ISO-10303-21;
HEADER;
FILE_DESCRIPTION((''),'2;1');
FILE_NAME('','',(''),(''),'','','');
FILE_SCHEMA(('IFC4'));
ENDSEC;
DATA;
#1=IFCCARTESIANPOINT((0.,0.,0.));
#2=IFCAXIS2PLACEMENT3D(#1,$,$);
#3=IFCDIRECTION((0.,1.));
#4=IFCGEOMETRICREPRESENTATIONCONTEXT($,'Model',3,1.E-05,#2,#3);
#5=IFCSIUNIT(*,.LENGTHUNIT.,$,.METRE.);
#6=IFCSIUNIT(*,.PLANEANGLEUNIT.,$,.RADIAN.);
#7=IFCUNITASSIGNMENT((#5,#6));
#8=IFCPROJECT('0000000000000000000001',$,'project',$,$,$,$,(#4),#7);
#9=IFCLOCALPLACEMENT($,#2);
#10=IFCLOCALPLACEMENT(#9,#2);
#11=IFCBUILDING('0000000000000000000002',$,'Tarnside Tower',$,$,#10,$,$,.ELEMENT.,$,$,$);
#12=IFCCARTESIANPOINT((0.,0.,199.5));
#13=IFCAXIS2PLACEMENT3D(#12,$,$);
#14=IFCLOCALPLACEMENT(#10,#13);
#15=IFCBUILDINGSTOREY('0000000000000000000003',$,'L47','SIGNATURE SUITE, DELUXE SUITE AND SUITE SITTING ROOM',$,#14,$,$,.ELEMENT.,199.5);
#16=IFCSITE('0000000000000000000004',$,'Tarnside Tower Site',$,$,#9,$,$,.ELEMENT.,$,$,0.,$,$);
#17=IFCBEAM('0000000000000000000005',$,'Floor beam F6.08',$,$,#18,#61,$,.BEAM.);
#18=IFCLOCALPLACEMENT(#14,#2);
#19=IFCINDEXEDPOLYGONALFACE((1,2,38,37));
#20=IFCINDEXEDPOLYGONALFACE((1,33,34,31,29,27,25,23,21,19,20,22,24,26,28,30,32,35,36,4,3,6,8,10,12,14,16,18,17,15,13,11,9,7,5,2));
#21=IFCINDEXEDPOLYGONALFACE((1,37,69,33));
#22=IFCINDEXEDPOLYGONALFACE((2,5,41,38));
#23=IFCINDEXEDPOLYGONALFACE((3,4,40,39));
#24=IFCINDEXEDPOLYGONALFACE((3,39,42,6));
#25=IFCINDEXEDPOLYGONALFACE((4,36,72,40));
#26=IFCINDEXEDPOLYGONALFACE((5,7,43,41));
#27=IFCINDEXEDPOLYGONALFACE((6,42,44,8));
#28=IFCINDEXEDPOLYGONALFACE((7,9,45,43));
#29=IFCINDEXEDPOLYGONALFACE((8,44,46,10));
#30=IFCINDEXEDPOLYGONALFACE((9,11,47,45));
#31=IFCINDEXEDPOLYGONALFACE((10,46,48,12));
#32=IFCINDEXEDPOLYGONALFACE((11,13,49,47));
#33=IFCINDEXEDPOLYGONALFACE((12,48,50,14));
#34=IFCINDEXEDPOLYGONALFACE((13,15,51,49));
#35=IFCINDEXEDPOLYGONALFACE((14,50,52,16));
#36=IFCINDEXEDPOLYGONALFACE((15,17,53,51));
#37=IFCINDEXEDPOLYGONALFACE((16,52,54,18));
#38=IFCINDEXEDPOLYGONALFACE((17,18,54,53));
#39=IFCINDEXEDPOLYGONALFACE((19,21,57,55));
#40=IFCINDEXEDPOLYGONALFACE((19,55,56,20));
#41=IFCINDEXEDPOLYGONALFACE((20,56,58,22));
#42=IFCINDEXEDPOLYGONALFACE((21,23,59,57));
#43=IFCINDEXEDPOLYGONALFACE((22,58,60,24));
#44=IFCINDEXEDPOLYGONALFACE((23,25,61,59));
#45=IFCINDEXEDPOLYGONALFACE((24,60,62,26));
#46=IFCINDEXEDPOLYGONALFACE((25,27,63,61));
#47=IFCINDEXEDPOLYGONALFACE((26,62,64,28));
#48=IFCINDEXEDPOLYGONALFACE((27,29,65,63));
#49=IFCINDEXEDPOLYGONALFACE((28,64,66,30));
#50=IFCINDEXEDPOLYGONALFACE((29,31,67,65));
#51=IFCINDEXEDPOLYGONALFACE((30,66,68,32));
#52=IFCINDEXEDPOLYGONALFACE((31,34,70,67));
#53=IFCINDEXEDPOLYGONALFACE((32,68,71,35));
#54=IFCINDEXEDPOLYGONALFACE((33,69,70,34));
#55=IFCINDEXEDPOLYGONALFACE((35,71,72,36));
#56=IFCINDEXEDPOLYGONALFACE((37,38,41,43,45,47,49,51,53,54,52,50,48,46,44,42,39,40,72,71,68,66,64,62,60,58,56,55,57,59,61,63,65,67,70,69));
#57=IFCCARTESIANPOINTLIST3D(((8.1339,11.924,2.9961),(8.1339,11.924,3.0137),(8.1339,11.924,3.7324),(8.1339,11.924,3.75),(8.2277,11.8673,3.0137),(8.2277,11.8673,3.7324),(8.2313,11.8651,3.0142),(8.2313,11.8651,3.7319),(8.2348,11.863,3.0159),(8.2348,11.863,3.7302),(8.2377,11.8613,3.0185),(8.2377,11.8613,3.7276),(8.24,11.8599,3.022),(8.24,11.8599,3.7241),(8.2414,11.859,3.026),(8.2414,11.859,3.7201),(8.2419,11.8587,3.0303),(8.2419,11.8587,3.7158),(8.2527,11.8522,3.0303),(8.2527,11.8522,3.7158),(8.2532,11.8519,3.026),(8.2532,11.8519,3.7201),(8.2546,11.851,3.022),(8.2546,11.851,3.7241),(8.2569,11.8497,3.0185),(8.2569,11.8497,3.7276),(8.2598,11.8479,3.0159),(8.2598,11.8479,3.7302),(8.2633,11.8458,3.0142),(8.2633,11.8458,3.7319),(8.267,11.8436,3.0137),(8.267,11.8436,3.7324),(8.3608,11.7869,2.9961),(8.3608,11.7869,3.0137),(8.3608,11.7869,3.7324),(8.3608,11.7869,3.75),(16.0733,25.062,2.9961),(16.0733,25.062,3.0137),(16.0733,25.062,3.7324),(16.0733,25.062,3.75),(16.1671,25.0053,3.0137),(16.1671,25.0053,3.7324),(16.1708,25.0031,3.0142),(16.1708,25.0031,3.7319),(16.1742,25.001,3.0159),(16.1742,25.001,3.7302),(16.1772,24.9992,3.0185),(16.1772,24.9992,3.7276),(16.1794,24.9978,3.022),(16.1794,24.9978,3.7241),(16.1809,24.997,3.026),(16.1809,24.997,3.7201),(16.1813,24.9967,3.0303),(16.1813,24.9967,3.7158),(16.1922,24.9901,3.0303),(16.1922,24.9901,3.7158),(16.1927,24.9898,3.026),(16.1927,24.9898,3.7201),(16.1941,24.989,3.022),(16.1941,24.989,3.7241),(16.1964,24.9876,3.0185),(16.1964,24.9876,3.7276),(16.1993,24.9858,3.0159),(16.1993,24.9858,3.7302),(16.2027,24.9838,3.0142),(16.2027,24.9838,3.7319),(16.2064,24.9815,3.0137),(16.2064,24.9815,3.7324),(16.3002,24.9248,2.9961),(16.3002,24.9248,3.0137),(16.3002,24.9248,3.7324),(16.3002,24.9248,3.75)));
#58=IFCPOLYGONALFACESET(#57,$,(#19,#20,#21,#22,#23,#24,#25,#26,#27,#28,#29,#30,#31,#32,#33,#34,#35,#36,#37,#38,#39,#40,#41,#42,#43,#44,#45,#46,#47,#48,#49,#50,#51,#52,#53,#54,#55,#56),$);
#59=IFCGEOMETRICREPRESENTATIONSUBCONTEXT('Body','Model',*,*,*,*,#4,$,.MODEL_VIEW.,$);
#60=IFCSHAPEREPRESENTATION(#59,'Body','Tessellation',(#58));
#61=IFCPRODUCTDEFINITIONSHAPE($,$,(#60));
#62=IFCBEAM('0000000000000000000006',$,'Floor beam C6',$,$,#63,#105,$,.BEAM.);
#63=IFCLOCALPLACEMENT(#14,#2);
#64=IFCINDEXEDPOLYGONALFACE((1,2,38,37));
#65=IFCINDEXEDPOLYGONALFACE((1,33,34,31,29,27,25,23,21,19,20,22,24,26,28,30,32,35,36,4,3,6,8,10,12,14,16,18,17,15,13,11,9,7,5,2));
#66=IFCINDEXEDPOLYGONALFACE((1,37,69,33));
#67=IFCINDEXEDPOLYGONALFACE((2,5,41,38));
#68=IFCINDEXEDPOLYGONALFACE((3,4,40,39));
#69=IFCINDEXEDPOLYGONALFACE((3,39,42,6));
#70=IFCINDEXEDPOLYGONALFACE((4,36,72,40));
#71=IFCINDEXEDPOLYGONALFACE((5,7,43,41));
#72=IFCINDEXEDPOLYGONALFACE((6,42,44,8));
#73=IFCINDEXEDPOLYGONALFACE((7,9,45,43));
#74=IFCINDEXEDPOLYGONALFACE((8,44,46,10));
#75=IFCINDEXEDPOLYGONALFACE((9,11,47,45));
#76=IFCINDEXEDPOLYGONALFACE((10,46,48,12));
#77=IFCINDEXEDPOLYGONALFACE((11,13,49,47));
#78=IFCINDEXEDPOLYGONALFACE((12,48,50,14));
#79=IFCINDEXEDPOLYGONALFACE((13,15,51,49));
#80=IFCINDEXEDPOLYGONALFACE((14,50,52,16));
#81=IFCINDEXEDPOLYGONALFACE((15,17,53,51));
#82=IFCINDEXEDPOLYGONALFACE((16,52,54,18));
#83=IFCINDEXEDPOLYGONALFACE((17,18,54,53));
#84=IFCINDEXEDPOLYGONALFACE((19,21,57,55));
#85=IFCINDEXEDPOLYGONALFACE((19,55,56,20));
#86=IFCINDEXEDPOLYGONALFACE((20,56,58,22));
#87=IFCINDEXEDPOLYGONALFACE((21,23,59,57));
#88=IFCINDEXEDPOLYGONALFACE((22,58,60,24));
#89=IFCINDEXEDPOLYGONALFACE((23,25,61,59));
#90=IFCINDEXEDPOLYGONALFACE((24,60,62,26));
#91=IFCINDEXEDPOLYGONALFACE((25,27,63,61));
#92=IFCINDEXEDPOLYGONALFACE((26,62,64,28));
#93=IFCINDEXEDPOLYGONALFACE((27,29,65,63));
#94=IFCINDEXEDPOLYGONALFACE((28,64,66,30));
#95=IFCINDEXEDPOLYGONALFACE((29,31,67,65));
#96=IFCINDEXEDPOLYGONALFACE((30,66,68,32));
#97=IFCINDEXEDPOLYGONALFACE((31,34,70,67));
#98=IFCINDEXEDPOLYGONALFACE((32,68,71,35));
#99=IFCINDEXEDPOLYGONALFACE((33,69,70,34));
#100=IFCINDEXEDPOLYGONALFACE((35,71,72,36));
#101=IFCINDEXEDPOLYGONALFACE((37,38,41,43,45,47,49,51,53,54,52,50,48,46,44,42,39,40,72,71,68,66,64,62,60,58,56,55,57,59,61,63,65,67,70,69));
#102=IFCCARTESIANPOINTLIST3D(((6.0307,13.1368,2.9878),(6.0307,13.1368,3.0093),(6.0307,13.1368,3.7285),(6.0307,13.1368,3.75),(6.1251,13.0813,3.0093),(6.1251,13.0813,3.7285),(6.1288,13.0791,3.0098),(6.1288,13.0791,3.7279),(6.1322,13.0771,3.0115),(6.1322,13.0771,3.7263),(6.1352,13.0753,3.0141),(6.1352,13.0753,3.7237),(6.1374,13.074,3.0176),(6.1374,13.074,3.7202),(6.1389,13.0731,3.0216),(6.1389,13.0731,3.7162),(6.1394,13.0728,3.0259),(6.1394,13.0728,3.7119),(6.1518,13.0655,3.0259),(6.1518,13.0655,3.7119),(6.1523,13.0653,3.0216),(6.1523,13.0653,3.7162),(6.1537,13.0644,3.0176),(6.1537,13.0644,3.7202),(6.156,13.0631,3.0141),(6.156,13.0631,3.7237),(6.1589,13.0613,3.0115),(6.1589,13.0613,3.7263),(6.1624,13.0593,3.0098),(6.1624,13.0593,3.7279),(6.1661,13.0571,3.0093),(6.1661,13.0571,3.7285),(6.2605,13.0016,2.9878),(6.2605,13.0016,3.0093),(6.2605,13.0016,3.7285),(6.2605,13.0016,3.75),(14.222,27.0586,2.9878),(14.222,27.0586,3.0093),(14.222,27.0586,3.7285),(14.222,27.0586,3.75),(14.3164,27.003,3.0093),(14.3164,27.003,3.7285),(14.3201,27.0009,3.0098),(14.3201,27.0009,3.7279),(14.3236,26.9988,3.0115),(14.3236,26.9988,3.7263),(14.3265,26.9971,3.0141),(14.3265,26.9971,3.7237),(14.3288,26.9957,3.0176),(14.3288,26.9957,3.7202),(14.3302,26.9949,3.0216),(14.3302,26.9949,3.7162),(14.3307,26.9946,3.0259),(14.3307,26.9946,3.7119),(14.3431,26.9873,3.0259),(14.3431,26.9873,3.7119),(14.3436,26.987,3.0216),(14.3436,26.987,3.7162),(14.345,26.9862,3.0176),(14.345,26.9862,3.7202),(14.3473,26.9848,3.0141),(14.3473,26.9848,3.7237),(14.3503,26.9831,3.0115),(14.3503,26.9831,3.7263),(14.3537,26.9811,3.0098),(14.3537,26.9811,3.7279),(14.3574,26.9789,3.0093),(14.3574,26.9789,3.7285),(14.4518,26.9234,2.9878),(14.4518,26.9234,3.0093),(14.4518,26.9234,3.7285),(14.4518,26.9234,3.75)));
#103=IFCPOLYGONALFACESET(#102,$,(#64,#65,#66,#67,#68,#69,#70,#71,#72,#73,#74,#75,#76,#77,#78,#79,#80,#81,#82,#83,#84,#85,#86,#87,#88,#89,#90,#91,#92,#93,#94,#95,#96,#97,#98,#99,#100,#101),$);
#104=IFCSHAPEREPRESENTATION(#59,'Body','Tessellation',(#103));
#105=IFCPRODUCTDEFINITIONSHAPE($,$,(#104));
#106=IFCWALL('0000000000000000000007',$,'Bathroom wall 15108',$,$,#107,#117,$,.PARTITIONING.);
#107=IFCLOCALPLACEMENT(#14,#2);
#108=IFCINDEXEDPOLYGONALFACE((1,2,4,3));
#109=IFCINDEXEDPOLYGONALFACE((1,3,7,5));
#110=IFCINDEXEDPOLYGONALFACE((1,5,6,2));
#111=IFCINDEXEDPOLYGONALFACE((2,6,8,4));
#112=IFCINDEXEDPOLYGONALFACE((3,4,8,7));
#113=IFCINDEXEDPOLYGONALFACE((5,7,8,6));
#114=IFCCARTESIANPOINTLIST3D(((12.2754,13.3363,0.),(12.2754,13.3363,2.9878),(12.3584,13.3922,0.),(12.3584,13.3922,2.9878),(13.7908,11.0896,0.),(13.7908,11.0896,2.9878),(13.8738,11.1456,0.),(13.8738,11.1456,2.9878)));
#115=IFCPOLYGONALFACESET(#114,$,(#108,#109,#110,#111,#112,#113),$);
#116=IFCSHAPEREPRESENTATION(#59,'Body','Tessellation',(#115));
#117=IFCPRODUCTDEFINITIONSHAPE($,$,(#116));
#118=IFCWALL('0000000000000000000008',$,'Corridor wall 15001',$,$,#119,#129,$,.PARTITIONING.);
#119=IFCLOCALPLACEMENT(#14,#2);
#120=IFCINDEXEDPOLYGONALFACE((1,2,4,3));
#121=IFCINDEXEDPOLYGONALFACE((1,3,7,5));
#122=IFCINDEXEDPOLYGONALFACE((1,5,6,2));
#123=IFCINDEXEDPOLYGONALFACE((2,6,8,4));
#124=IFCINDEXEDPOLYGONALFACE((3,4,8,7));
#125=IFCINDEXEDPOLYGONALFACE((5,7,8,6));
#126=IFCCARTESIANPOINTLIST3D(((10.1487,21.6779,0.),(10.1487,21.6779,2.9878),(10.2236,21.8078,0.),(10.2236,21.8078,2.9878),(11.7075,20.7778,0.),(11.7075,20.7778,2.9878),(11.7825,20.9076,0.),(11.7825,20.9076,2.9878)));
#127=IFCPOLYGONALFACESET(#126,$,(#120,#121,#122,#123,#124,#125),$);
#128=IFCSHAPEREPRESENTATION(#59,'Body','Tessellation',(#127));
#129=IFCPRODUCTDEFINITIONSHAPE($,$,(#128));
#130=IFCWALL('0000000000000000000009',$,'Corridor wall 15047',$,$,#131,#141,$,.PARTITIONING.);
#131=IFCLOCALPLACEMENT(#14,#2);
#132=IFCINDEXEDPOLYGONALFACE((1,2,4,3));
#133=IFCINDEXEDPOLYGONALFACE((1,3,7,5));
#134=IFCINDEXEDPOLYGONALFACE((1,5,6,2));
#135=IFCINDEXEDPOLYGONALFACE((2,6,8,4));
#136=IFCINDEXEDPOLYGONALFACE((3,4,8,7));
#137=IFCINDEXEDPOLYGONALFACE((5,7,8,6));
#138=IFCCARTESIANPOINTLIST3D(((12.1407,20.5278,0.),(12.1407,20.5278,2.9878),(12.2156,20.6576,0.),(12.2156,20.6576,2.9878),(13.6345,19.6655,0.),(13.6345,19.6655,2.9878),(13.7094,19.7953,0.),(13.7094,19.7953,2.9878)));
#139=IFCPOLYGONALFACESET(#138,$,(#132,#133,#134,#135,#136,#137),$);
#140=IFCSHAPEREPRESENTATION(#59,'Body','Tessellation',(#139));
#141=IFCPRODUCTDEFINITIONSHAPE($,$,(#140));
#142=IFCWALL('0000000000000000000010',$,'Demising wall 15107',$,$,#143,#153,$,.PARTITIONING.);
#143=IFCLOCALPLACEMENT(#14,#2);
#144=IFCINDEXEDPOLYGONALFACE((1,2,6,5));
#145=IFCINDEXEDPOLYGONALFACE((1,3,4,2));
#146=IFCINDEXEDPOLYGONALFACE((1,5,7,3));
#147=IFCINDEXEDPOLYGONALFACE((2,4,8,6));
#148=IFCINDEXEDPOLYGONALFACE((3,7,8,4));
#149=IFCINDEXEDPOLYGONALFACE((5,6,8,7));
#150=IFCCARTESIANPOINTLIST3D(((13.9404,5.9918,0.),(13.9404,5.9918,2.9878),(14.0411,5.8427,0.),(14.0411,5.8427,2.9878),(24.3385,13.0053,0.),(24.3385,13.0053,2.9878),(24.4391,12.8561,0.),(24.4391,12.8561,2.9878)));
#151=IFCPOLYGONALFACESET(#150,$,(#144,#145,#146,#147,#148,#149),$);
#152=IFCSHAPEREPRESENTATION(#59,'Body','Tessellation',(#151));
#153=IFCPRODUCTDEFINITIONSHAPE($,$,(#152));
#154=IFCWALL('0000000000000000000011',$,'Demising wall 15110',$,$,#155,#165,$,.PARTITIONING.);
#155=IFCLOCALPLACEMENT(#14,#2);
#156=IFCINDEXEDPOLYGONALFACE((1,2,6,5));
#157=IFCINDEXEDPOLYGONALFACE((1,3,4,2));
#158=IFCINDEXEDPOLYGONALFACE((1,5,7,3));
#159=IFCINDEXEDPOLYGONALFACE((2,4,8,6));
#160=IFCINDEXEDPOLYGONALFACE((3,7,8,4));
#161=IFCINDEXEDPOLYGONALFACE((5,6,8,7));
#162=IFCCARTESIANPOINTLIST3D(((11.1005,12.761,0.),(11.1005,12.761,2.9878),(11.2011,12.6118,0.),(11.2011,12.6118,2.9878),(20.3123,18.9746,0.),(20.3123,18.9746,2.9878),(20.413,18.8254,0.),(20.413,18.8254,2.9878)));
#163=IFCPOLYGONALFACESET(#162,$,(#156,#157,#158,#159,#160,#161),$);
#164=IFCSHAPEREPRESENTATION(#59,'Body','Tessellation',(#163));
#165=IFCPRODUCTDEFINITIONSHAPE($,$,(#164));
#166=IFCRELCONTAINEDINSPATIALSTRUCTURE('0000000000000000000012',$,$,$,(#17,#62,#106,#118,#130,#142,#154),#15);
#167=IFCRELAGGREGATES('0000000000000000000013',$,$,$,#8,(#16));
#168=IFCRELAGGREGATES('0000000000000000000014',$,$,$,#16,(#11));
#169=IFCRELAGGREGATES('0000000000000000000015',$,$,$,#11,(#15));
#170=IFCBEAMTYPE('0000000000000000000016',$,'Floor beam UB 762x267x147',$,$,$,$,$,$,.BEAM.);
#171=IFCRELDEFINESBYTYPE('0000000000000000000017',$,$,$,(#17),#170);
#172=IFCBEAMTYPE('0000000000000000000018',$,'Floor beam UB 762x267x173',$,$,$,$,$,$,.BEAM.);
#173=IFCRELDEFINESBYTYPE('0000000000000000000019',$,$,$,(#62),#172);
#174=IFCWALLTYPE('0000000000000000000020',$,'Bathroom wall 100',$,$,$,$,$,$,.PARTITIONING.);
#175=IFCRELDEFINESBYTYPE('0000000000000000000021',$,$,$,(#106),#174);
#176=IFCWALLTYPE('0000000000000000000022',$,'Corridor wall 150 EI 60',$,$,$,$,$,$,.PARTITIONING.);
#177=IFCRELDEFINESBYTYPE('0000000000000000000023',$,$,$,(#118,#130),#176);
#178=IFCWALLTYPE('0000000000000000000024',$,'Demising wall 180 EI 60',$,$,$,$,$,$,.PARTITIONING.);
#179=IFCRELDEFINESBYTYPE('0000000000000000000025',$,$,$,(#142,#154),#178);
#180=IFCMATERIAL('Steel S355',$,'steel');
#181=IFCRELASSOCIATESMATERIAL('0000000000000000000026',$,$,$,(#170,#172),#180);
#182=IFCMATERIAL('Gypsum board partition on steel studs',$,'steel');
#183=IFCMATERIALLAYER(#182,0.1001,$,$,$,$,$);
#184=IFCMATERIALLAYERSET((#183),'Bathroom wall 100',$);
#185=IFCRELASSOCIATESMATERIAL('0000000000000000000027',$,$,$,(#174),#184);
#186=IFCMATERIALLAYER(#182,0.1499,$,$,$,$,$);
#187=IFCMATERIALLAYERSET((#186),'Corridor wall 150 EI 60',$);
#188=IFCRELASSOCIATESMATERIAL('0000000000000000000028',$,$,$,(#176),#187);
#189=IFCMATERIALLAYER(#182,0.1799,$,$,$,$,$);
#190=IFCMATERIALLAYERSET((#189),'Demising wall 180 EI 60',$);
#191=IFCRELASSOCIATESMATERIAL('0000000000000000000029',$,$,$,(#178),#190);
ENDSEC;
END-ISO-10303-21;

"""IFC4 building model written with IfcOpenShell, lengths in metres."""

from ifc_helpers import new_model, si_unit, direction, frame, frame_2d, origin, origin_2d, place, context, subcontext, project, spatial, rectangle, i_section, extrude, material, layer, layer_set, material_profile, profile_set, type_object, element, save


model = new_model("IFC4")

# Units and contexts
model_context = context("Model", 3, precision=1e-05, world=origin(), true_north=direction((0.0, 1.0)))
body_context = subcontext(model_context, "Body", "Model", "MODEL_VIEW")
ifc_project = project(units=[si_unit("LENGTHUNIT", "METRE"), si_unit("PLANEANGLEUNIT", "RADIAN")], contexts=[model_context])

# Site, building, storey
site_placement = place(None, origin())
site = spatial("IfcSite", under=ifc_project, at=site_placement, Name="Tarnside Tower Site", CompositionType="ELEMENT", RefElevation=0.0)
building_placement = place(site_placement, origin())
building = spatial("IfcBuilding", under=site, at=building_placement, Name="Tarnside Tower", CompositionType="ELEMENT")
storey_placement = place(building_placement, frame((0.0, 0.0, 199.5)))
storey = spatial("IfcBuildingStorey", under=building, at=storey_placement, Name="L47", Description="SIGNATURE SUITE, DELUXE SUITE AND SUITE SITTING ROOM", CompositionType="ELEMENT", Elevation=199.5)

# Beams
ifc_material_1 = material(Name="Steel S355", Category="steel")
ifc_material_profile_1 = material_profile(ifc_material_1, i_section(OverallWidth=0.2651, OverallDepth=0.7539, WebThickness=0.0127, FlangeThickness=0.0176, FilletRadius=0.0166, at=origin_2d()), Name="UB 762x267x147")
ifc_profile_set_1 = profile_set([ifc_material_profile_1], Name="Steel S355")
beam_type_1 = type_object("IfcBeamType", Name="Floor beam UB 762x267x147", PredefinedType="BEAM", material=ifc_profile_set_1)
beam_1_placement = place(storey_placement, frame((16.1868, 24.9934, 3.373), z_axis=(-0.517209, -0.855859, 0.0), x_axis=(0.855859, -0.517209, 0.0)))
element("IfcBeam", 1, at=beam_1_placement, inside=storey, type_object=beam_type_1, Name="Floor beam F6.08", PredefinedType="BEAM", context=body_context, shape_type="SweptSolid", body=[
    extrude(i_section(OverallWidth=0.2651, OverallDepth=0.7539, WebThickness=0.0127, FlangeThickness=0.0176, FilletRadius=0.0166, at=origin_2d()), origin(), (0.0, 0.0, 1.0), 15.3506),
])
ifc_material_profile_2 = material_profile(ifc_material_1, i_section(OverallWidth=0.2666, OverallDepth=0.7622, WebThickness=0.0144, FlangeThickness=0.0215, FilletRadius=0.0166, at=origin_2d()), Name="UB 762x267x173")
ifc_profile_set_2 = profile_set([ifc_material_profile_2], Name="Steel S355")
beam_type_2 = type_object("IfcBeamType", Name="Floor beam UB 762x267x173", PredefinedType="BEAM", material=ifc_profile_set_2)
beam_2_placement = place(storey_placement, frame((14.3369, 26.991, 3.3689), z_axis=(-0.507115, -0.861878, 0.0), x_axis=(0.861878, -0.507115, 0.0)))
element("IfcBeam", 2, at=beam_2_placement, inside=storey, type_object=beam_type_2, Name="Floor beam C6", PredefinedType="BEAM", context=body_context, shape_type="SweptSolid", body=[
    extrude(i_section(OverallWidth=0.2666, OverallDepth=0.7622, WebThickness=0.0144, FlangeThickness=0.0215, FilletRadius=0.0166, at=origin_2d()), origin(), (0.0, 0.0, 1.0), 16.1528),
])

# Walls
ifc_material_2 = material(Name="Gypsum board partition on steel studs", Category="steel")
ifc_layer_1 = layer(ifc_material_2, 0.1001)
ifc_layer_set_1 = layer_set([ifc_layer_1], Name="Bathroom wall 100")
wall_type_1 = type_object("IfcWallType", Name="Bathroom wall 100", PredefinedType="PARTITIONING", material=ifc_layer_set_1)
wall_1_placement = place(storey_placement, frame((12.3169, 13.3643, 0.0), z_axis=(0.0, 0.0, 1.0), x_axis=(0.559204, -0.82903, 0.0)))
element("IfcWall", 3, at=wall_1_placement, inside=storey, type_object=wall_type_1, Name="Bathroom wall 15108", PredefinedType="PARTITIONING", context=body_context, shape_type="SweptSolid", body=[
    extrude(rectangle(XDim=2.71, YDim=0.1001, at=frame_2d((1.355, 0.0))), origin(), (0.0, 0.0, 1.0), 2.9878),
])
ifc_layer_2 = layer(ifc_material_2, 0.1499)
ifc_layer_set_2 = layer_set([ifc_layer_2], Name="Corridor wall 150 EI 60")
wall_type_2 = type_object("IfcWallType", Name="Corridor wall 150 EI 60", PredefinedType="PARTITIONING", material=ifc_layer_set_2)
wall_2_placement = place(storey_placement, frame((11.7449, 20.8428, 0.0), z_axis=(0.0, 0.0, 1.0), x_axis=(-0.865989, 0.500063, 0.0)))
element("IfcWall", 4, at=wall_2_placement, inside=storey, type_object=wall_type_2, Name="Corridor wall 15001", PredefinedType="PARTITIONING", context=body_context, shape_type="SweptSolid", body=[
    extrude(rectangle(XDim=1.8, YDim=0.1499, at=frame_2d((0.8999, 0.0))), origin(), (0.0, 0.0, 1.0), 2.9878),
])
wall_3_placement = place(storey_placement, frame((13.6719, 19.7305, 0.0), z_axis=(0.0, 0.0, 1.0), x_axis=(-0.866075, 0.499914, 0.0)))
element("IfcWall", 5, at=wall_3_placement, inside=storey, type_object=wall_type_2, Name="Corridor wall 15047", PredefinedType="PARTITIONING", context=body_context, shape_type="SweptSolid", body=[
    extrude(rectangle(XDim=1.7249, YDim=0.1499, at=frame_2d((0.8623, 0.0))), origin(), (0.0, 0.0, 1.0), 2.9878),
])
ifc_layer_3 = layer(ifc_material_2, 0.1799)
ifc_layer_set_3 = layer_set([ifc_layer_3], Name="Demising wall 180 EI 60")
wall_type_3 = type_object("IfcWallType", Name="Demising wall 180 EI 60", PredefinedType="PARTITIONING", material=ifc_layer_set_3)
wall_4_placement = place(storey_placement, frame((24.3887, 12.9307, 0.0), z_axis=(0.0, 0.0, 1.0), x_axis=(-0.82904, -0.559189, 0.0)))
element("IfcWall", 6, at=wall_4_placement, inside=storey, type_object=wall_type_3, Name="Demising wall 15107", PredefinedType="PARTITIONING", context=body_context, shape_type="SweptSolid", body=[
    extrude(rectangle(XDim=12.5422, YDim=0.1799, at=frame_2d((6.271, 0.0))), origin(), (0.0, 0.0, 1.0), 2.9878),
])
wall_5_placement = place(storey_placement, frame((20.3625, 18.8999, 0.0), z_axis=(0.0, 0.0, 1.0), x_axis=(-0.829033, -0.5592, 0.0)))
element("IfcWall", 7, at=wall_5_placement, inside=storey, type_object=wall_type_3, Name="Demising wall 15110", PredefinedType="PARTITIONING", context=body_context, shape_type="SweptSolid", body=[
    extrude(rectangle(XDim=11.1116, YDim=0.1799, at=frame_2d((5.5557, 0.0))), origin(), (0.0, 0.0, 1.0), 2.9878),
])

save(model, "model.ifc")
